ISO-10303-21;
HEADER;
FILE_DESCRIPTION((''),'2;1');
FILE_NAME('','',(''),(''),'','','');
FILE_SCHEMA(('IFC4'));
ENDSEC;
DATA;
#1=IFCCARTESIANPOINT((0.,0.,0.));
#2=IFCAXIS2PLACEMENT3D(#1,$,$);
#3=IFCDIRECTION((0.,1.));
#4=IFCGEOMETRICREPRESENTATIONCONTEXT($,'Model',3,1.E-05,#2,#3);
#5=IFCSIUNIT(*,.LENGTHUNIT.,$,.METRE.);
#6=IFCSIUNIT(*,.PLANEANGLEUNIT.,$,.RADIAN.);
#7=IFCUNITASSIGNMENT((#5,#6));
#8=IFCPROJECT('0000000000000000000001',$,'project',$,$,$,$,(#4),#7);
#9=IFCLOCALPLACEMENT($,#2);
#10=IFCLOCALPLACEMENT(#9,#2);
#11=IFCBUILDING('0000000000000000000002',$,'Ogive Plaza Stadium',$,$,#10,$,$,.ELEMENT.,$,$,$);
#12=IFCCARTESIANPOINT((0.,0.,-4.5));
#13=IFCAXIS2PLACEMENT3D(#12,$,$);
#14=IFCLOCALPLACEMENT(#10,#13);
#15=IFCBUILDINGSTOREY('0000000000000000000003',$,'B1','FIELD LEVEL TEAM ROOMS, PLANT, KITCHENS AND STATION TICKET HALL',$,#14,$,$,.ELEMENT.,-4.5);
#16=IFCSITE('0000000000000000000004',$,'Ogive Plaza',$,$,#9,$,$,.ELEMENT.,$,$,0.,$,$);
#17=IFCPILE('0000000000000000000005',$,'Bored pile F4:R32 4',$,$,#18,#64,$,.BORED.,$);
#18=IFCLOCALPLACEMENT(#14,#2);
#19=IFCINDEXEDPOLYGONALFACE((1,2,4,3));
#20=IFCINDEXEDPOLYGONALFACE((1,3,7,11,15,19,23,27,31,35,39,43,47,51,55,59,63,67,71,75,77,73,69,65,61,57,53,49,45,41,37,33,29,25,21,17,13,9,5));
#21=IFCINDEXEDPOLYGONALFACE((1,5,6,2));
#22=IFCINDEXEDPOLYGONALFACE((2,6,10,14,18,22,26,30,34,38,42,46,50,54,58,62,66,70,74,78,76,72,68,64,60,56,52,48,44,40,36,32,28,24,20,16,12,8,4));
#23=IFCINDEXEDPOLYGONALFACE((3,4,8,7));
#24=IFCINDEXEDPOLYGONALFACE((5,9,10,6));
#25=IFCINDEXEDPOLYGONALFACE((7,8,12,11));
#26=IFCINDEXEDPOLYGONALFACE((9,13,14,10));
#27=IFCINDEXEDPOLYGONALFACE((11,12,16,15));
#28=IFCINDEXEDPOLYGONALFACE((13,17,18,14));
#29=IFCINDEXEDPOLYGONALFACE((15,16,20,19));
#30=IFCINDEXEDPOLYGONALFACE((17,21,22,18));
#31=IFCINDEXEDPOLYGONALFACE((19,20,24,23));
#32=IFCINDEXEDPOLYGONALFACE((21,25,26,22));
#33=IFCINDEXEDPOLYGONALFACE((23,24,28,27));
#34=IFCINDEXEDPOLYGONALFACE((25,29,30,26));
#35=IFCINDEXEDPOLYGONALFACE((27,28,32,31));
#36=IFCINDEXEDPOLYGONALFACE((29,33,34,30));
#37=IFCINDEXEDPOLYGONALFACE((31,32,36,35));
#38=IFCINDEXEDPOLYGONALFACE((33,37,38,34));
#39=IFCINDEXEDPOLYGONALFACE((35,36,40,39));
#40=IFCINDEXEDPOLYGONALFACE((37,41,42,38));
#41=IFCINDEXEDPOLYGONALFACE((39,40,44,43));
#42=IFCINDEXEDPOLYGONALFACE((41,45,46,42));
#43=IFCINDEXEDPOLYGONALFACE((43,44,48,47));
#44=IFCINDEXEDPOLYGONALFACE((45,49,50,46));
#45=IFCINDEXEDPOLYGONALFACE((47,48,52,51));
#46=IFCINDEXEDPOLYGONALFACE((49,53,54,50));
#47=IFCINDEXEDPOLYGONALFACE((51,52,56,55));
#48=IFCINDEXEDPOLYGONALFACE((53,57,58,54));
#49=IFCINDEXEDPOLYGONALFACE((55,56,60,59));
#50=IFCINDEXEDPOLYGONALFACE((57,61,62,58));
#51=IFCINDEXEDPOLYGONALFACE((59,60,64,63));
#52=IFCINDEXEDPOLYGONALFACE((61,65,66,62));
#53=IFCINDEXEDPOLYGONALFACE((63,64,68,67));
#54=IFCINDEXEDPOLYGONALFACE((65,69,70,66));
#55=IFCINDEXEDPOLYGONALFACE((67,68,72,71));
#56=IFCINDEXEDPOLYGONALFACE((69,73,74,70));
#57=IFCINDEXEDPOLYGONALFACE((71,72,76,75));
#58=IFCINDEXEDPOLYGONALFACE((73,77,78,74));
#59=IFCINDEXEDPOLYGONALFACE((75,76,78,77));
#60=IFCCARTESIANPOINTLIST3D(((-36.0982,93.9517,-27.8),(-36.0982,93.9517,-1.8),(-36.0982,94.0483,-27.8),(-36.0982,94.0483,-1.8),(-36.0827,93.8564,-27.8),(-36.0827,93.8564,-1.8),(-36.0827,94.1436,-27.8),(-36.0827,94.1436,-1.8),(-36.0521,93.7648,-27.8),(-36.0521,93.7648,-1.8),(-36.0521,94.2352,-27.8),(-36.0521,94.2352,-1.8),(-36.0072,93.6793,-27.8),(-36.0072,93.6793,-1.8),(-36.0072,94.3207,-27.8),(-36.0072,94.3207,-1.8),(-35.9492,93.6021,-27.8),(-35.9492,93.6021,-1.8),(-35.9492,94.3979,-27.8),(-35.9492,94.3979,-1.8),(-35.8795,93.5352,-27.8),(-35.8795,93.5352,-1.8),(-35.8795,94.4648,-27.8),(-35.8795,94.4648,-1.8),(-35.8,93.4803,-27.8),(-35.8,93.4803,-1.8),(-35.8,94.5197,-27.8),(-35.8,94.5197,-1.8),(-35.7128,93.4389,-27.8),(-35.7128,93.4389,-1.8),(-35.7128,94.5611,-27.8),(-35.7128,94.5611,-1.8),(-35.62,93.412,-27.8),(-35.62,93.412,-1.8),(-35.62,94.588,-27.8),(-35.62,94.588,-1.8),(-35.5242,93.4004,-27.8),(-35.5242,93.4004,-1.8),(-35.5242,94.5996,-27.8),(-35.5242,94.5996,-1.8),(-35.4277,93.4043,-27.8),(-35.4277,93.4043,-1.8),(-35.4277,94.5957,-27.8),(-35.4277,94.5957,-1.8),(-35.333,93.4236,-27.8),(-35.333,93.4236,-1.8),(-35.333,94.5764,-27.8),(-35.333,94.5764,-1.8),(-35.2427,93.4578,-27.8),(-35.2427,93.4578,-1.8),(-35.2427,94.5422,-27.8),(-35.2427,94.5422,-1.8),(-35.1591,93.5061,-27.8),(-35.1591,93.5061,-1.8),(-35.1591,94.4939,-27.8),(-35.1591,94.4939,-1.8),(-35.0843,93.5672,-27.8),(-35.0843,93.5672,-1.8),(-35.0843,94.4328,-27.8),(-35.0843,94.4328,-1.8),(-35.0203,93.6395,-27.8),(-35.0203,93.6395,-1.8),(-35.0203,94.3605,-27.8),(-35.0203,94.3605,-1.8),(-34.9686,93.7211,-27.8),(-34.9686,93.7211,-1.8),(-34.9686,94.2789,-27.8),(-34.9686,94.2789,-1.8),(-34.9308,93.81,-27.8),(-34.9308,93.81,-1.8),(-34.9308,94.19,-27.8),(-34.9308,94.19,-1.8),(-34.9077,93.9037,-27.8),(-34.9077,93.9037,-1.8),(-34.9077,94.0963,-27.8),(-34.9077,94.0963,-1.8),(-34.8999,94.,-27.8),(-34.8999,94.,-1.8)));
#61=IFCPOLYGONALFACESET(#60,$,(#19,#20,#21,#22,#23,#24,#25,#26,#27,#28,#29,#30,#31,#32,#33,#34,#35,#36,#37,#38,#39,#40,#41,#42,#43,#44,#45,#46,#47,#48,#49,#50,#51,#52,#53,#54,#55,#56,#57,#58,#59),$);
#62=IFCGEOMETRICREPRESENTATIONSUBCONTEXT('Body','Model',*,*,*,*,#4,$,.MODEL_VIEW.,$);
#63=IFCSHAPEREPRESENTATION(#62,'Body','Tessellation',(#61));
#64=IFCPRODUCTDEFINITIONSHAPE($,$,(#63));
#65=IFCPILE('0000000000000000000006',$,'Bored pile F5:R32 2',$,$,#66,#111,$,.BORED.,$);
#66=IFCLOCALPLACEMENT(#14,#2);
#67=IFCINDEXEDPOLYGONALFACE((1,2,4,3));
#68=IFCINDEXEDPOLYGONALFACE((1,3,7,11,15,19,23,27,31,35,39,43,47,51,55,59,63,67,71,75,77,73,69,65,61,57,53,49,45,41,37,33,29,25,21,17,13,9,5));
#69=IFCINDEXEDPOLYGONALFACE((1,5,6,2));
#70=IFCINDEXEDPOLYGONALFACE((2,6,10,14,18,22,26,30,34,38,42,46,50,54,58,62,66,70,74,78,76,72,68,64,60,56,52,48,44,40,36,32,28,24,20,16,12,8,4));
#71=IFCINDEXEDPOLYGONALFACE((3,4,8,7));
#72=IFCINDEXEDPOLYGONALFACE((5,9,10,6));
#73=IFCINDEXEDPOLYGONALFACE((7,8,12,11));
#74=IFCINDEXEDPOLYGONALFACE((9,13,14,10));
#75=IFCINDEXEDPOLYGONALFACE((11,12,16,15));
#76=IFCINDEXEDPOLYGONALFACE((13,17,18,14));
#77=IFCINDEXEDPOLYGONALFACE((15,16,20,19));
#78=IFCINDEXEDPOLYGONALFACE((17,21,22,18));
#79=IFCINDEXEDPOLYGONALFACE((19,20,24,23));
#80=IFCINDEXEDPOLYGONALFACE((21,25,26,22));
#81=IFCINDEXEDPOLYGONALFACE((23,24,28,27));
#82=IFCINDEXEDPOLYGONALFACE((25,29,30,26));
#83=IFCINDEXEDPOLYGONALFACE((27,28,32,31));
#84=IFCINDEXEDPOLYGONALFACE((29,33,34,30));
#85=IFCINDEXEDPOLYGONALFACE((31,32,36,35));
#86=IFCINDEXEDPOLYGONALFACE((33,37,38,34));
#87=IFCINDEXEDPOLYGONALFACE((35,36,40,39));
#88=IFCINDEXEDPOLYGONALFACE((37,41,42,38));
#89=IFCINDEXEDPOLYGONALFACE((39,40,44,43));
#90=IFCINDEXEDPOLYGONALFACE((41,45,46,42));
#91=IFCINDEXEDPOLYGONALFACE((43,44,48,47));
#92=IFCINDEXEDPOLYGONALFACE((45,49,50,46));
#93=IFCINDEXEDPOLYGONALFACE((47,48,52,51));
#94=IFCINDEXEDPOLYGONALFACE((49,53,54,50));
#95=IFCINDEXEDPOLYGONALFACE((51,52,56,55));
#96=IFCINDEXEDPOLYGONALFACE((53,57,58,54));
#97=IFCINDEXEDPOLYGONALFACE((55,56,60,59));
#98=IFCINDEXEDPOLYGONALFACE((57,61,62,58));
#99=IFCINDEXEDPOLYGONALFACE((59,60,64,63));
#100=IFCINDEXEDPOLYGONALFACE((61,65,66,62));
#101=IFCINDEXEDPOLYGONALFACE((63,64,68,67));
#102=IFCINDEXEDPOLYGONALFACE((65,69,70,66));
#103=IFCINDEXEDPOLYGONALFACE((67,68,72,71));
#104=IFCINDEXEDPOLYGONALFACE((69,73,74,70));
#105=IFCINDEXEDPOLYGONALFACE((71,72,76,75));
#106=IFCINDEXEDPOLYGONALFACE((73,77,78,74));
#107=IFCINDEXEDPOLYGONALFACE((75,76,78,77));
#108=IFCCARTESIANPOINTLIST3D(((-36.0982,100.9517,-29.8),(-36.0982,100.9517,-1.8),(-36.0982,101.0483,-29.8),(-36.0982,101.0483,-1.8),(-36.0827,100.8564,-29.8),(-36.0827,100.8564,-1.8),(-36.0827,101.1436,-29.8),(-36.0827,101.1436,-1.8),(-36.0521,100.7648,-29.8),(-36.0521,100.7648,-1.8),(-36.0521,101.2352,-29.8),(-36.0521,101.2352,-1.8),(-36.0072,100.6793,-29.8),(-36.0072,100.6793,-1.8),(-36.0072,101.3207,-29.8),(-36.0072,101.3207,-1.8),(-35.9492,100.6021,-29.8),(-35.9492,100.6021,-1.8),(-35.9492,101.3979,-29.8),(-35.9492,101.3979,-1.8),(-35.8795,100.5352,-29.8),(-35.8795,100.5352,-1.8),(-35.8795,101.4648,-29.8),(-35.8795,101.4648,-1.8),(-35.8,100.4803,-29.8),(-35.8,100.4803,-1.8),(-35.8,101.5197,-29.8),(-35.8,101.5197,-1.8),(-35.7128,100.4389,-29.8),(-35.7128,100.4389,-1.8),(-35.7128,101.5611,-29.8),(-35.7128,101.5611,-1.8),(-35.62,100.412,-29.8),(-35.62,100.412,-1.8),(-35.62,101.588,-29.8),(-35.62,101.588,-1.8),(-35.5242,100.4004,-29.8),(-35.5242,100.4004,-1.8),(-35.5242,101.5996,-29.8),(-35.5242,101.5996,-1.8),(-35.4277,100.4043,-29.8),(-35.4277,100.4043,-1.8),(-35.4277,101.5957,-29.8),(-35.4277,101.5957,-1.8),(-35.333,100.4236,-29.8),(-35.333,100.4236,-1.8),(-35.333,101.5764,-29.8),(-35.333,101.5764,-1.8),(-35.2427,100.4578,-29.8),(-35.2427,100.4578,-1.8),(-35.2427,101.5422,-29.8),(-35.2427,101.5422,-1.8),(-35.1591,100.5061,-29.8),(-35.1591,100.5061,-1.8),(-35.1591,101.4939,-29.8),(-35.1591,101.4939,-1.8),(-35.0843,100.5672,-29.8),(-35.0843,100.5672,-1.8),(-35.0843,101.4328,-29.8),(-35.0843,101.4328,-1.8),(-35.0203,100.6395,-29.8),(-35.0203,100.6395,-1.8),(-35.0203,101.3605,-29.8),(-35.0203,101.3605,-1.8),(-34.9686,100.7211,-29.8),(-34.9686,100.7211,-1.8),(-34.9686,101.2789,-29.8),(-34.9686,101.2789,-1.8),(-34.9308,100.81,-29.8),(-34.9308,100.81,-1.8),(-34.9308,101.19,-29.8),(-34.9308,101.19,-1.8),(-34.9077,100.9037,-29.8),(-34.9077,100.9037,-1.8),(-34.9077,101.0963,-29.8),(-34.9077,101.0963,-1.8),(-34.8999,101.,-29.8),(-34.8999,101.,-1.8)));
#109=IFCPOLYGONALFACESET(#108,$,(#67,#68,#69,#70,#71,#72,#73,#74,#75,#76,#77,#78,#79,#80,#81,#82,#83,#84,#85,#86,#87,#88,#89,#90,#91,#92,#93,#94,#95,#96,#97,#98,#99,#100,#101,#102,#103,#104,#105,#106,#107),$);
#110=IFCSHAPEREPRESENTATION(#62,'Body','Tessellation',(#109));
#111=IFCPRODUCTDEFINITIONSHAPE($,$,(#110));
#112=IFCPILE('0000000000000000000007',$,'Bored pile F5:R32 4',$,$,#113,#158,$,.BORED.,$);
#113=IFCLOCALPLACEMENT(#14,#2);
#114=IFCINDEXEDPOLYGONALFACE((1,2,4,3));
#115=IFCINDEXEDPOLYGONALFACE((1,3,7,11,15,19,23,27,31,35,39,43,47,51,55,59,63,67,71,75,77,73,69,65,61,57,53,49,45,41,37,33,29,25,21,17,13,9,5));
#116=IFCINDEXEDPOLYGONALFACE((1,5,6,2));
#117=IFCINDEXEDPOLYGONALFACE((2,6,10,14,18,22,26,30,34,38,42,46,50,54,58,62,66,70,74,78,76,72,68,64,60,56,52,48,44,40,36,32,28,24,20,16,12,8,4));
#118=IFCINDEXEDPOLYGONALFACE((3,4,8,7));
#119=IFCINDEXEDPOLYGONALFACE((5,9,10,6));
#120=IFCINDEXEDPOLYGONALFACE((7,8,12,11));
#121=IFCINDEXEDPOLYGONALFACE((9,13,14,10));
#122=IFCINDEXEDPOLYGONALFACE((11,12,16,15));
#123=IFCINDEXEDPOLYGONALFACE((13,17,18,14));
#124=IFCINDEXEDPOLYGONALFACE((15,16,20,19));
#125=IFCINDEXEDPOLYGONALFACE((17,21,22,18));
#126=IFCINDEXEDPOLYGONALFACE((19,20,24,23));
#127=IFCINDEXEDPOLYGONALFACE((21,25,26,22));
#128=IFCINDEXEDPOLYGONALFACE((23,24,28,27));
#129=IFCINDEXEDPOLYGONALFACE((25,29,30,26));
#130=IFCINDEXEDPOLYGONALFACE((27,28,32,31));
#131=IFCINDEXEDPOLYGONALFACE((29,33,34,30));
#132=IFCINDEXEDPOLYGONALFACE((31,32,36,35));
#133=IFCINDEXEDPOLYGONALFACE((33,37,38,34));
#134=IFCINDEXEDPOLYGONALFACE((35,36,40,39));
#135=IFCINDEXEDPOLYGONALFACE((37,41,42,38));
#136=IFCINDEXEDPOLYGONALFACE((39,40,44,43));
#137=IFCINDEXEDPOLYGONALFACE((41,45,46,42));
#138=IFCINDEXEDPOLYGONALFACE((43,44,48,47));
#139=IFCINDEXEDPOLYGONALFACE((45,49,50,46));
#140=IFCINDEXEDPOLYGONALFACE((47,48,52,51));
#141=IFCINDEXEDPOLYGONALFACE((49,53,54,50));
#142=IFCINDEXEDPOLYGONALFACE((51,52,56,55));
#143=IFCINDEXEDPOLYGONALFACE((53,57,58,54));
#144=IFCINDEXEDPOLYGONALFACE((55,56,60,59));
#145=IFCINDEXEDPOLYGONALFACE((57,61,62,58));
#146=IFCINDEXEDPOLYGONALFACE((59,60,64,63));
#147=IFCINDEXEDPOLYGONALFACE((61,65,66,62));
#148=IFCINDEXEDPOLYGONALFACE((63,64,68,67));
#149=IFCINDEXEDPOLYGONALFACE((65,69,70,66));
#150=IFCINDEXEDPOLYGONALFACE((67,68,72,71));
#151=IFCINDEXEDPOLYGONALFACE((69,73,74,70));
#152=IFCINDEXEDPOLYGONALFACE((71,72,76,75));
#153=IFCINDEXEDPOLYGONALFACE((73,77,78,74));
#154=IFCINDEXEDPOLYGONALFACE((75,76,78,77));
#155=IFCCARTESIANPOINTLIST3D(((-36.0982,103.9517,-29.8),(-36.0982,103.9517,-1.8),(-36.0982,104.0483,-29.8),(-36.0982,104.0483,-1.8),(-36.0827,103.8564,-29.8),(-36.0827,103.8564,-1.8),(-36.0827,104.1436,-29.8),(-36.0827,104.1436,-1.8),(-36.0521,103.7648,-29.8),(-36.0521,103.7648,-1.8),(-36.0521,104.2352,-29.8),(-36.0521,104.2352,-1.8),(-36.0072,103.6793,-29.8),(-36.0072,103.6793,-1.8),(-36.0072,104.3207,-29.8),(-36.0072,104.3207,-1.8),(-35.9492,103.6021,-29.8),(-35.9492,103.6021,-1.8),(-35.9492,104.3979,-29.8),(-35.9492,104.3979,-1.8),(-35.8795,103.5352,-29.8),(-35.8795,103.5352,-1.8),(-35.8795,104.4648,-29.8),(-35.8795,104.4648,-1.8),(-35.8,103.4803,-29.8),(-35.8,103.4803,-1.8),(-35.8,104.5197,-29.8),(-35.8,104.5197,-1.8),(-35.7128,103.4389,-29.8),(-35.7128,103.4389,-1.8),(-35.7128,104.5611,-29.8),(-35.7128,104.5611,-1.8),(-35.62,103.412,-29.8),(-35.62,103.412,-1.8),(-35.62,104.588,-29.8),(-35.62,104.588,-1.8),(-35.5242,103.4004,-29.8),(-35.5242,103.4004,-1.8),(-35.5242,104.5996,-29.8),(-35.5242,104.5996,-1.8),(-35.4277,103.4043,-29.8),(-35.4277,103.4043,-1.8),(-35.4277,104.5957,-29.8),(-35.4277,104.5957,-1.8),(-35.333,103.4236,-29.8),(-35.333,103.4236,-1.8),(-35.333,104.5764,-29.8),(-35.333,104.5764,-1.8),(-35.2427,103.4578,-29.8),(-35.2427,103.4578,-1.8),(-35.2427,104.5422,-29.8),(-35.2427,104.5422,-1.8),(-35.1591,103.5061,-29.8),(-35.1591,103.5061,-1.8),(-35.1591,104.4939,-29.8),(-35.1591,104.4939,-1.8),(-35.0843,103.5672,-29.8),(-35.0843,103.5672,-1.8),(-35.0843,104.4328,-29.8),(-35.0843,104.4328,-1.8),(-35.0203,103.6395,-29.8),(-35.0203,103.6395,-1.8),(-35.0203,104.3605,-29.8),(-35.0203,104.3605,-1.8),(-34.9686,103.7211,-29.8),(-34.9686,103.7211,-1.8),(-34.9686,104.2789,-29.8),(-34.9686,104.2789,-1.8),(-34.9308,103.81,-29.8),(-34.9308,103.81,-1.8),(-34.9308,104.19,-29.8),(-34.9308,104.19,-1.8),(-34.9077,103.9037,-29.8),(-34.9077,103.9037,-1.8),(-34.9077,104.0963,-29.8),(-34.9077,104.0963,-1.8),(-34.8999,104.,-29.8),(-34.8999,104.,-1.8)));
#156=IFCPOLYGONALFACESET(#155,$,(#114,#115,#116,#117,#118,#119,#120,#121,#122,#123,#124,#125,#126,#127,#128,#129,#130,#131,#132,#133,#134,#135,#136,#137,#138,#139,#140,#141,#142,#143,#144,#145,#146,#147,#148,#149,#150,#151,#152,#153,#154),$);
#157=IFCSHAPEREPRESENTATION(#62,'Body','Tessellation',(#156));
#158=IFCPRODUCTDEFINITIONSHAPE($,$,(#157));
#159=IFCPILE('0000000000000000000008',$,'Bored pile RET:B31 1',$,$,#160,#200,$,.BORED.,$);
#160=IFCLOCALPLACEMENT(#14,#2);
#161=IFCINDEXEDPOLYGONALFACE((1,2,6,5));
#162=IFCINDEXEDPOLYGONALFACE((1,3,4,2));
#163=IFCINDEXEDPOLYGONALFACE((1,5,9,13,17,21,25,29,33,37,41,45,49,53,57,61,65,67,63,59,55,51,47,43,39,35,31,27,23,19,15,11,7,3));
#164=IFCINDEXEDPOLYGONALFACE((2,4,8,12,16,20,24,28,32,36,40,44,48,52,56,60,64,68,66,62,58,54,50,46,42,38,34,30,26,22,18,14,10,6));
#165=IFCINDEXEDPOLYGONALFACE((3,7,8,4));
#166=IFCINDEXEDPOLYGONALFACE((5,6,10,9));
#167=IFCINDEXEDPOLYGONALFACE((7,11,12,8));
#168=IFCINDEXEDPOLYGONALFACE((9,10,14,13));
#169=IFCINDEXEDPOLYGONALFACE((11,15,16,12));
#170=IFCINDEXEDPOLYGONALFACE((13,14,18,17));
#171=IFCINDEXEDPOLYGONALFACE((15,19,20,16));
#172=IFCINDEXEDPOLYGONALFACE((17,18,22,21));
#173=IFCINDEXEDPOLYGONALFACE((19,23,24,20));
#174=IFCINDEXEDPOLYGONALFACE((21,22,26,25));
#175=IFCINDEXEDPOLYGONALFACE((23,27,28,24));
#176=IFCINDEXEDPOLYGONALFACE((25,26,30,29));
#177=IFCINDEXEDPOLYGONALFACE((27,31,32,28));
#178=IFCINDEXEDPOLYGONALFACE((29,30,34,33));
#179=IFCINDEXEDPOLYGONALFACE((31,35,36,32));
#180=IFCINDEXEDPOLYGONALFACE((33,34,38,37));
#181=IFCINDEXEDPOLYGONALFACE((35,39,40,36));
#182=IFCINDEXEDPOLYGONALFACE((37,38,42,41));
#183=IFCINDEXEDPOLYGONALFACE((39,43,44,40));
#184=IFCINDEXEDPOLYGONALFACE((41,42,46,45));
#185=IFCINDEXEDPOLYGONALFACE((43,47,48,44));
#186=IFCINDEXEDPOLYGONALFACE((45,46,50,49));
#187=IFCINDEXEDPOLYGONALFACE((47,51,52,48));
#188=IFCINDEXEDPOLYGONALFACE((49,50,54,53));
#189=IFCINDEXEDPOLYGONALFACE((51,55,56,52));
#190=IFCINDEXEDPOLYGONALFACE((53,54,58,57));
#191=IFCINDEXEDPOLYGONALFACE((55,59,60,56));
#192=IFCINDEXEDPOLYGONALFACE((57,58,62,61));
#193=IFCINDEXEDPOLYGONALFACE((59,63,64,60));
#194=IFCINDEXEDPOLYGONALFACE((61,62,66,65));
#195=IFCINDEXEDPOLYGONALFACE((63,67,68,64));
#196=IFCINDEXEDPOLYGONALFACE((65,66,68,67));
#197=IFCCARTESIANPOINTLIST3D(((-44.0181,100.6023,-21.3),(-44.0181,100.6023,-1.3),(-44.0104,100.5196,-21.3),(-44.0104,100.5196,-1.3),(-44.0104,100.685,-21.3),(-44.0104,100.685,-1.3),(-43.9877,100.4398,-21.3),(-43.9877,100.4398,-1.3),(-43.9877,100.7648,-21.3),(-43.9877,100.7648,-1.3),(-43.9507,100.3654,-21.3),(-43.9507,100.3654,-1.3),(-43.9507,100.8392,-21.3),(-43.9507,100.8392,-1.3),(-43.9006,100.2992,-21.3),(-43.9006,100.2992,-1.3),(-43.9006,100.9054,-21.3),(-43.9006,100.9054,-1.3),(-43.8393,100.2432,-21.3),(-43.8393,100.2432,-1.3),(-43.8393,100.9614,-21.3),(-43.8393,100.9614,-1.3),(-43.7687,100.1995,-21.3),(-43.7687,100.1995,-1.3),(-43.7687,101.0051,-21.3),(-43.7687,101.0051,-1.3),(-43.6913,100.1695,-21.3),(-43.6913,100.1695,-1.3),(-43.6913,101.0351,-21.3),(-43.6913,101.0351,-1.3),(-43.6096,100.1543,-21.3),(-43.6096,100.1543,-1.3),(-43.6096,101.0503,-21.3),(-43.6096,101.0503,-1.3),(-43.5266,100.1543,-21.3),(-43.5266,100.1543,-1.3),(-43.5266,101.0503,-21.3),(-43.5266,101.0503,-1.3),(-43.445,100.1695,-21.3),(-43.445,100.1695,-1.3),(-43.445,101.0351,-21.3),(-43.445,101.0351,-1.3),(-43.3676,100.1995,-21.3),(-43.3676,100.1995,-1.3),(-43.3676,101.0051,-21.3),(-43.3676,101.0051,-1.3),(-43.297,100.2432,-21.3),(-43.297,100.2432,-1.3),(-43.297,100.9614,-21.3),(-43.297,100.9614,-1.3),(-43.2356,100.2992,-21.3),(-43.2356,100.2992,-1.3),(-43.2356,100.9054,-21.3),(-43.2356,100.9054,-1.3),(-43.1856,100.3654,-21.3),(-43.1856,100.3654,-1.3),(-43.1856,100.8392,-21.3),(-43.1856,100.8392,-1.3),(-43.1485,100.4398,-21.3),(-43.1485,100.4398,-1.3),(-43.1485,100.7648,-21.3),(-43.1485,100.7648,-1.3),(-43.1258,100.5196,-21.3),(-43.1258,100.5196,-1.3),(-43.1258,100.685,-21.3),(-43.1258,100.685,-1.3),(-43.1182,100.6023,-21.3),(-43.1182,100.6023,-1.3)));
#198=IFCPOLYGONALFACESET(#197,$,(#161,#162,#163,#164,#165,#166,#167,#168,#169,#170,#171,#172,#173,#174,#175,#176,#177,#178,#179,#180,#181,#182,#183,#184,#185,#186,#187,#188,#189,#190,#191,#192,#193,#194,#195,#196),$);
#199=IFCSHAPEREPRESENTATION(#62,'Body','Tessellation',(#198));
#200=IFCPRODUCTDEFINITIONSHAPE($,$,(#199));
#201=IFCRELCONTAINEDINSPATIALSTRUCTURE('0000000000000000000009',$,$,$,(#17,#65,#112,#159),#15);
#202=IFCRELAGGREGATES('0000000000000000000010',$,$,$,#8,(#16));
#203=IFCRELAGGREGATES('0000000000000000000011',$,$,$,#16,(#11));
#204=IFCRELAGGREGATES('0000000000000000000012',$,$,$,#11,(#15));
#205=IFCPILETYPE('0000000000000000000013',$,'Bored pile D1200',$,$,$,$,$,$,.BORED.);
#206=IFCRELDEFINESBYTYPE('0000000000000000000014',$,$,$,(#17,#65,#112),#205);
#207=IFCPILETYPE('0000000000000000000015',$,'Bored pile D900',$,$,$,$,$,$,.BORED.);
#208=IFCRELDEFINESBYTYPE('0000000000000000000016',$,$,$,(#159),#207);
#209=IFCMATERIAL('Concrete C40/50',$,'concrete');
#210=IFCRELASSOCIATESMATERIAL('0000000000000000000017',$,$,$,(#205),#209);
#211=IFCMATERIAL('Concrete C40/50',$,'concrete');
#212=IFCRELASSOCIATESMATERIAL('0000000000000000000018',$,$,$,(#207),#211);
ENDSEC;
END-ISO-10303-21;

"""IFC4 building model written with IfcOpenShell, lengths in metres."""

from ifc_helpers import new_model, si_unit, direction, frame, origin, origin_2d, place, context, subcontext, project, spatial, circle, extrude, material, material_profile, profile_set, type_object, element, save


model = new_model("IFC4")

# Units and contexts
model_context = context("Model", 3, precision=1e-05, world=origin(), true_north=direction((0.0, 1.0)))
body_context = subcontext(model_context, "Body", "Model", "MODEL_VIEW")
ifc_project = project(units=[si_unit("LENGTHUNIT", "METRE"), si_unit("PLANEANGLEUNIT", "RADIAN")], contexts=[model_context])

# Site, building, storey
site_placement = place(None, origin())
site = spatial("IfcSite", under=ifc_project, at=site_placement, Name="Ogive Plaza", CompositionType="ELEMENT", RefElevation=0.0)
building_placement = place(site_placement, origin())
building = spatial("IfcBuilding", under=site, at=building_placement, Name="Ogive Plaza Stadium", CompositionType="ELEMENT")
storey_placement = place(building_placement, frame((0.0, 0.0, -4.5)))
storey = spatial("IfcBuildingStorey", under=building, at=storey_placement, Name="B1", Description="FIELD LEVEL TEAM ROOMS, PLANT, KITCHENS AND STATION TICKET HALL", CompositionType="ELEMENT", Elevation=-4.5)

# Piles
ifc_material_1 = material(Name="Concrete C40/50", Category="concrete")
ifc_material_profile_1 = material_profile(ifc_material_1, circle(Radius=0.6001, at=origin_2d()), Name="RC D1200")
ifc_profile_set_1 = profile_set([ifc_material_profile_1], Name="Concrete C40/50")
pile_type_1 = type_object("IfcPileType", Name="Bored pile D1200", PredefinedType="BORED", material=ifc_profile_set_1)
for number, where, z_axis, x_axis, name in (
    (1, (-35.5, 94.0, -1.8), (0.0, 0.0, -1.0), (1.0, 0.0, 0.0), "Bored pile F4:R32 4"),
):
    element("IfcPile", number, at=place(storey_placement, frame(where, z_axis=z_axis, x_axis=x_axis)), inside=storey, type_object=pile_type_1, Name=name, PredefinedType="BORED", context=body_context, shape_type="SweptSolid", body=[
        extrude(circle(Radius=0.6001, at=origin_2d()), origin(), (0.0, 0.0, 1.0), 26.0),
    ])
for number, where, z_axis, x_axis, name in (
    (2, (-35.5, 101.0, -1.8), (0.0, 0.0, -1.0), (1.0, 0.0, 0.0), "Bored pile F5:R32 2"),
    (3, (-35.5, 104.0, -1.8), (0.0, 0.0, -1.0), (1.0, 0.0, 0.0), "Bored pile F5:R32 4"),
):
    element("IfcPile", number, at=place(storey_placement, frame(where, z_axis=z_axis, x_axis=x_axis)), inside=storey, type_object=pile_type_1, Name=name, PredefinedType="BORED", context=body_context, shape_type="SweptSolid", body=[
        extrude(circle(Radius=0.6001, at=origin_2d()), origin(), (0.0, 0.0, 1.0), 28.0),
    ])
ifc_material_2 = material(Name="Concrete C40/50", Category="concrete")
ifc_material_profile_2 = material_profile(ifc_material_2, circle(Radius=0.45, at=origin_2d()), Name="RC D900")
ifc_profile_set_2 = profile_set([ifc_material_profile_2], Name="Concrete C40/50")
pile_type_2 = type_object("IfcPileType", Name="Bored pile D900", PredefinedType="BORED", material=ifc_profile_set_2)
pile_1_placement = place(storey_placement, frame((-43.5681, 100.6023, -1.3), z_axis=(0.0, 0.0, -1.0), x_axis=(1.0, 0.0, 0.0)))
element("IfcPile", 4, at=pile_1_placement, inside=storey, type_object=pile_type_2, Name="Bored pile RET:B31 1", PredefinedType="BORED", context=body_context, shape_type="SweptSolid", body=[
    extrude(circle(Radius=0.45, at=origin_2d()), origin(), (0.0, 0.0, 1.0), 20.0),
])

save(model, "model.ifc")
